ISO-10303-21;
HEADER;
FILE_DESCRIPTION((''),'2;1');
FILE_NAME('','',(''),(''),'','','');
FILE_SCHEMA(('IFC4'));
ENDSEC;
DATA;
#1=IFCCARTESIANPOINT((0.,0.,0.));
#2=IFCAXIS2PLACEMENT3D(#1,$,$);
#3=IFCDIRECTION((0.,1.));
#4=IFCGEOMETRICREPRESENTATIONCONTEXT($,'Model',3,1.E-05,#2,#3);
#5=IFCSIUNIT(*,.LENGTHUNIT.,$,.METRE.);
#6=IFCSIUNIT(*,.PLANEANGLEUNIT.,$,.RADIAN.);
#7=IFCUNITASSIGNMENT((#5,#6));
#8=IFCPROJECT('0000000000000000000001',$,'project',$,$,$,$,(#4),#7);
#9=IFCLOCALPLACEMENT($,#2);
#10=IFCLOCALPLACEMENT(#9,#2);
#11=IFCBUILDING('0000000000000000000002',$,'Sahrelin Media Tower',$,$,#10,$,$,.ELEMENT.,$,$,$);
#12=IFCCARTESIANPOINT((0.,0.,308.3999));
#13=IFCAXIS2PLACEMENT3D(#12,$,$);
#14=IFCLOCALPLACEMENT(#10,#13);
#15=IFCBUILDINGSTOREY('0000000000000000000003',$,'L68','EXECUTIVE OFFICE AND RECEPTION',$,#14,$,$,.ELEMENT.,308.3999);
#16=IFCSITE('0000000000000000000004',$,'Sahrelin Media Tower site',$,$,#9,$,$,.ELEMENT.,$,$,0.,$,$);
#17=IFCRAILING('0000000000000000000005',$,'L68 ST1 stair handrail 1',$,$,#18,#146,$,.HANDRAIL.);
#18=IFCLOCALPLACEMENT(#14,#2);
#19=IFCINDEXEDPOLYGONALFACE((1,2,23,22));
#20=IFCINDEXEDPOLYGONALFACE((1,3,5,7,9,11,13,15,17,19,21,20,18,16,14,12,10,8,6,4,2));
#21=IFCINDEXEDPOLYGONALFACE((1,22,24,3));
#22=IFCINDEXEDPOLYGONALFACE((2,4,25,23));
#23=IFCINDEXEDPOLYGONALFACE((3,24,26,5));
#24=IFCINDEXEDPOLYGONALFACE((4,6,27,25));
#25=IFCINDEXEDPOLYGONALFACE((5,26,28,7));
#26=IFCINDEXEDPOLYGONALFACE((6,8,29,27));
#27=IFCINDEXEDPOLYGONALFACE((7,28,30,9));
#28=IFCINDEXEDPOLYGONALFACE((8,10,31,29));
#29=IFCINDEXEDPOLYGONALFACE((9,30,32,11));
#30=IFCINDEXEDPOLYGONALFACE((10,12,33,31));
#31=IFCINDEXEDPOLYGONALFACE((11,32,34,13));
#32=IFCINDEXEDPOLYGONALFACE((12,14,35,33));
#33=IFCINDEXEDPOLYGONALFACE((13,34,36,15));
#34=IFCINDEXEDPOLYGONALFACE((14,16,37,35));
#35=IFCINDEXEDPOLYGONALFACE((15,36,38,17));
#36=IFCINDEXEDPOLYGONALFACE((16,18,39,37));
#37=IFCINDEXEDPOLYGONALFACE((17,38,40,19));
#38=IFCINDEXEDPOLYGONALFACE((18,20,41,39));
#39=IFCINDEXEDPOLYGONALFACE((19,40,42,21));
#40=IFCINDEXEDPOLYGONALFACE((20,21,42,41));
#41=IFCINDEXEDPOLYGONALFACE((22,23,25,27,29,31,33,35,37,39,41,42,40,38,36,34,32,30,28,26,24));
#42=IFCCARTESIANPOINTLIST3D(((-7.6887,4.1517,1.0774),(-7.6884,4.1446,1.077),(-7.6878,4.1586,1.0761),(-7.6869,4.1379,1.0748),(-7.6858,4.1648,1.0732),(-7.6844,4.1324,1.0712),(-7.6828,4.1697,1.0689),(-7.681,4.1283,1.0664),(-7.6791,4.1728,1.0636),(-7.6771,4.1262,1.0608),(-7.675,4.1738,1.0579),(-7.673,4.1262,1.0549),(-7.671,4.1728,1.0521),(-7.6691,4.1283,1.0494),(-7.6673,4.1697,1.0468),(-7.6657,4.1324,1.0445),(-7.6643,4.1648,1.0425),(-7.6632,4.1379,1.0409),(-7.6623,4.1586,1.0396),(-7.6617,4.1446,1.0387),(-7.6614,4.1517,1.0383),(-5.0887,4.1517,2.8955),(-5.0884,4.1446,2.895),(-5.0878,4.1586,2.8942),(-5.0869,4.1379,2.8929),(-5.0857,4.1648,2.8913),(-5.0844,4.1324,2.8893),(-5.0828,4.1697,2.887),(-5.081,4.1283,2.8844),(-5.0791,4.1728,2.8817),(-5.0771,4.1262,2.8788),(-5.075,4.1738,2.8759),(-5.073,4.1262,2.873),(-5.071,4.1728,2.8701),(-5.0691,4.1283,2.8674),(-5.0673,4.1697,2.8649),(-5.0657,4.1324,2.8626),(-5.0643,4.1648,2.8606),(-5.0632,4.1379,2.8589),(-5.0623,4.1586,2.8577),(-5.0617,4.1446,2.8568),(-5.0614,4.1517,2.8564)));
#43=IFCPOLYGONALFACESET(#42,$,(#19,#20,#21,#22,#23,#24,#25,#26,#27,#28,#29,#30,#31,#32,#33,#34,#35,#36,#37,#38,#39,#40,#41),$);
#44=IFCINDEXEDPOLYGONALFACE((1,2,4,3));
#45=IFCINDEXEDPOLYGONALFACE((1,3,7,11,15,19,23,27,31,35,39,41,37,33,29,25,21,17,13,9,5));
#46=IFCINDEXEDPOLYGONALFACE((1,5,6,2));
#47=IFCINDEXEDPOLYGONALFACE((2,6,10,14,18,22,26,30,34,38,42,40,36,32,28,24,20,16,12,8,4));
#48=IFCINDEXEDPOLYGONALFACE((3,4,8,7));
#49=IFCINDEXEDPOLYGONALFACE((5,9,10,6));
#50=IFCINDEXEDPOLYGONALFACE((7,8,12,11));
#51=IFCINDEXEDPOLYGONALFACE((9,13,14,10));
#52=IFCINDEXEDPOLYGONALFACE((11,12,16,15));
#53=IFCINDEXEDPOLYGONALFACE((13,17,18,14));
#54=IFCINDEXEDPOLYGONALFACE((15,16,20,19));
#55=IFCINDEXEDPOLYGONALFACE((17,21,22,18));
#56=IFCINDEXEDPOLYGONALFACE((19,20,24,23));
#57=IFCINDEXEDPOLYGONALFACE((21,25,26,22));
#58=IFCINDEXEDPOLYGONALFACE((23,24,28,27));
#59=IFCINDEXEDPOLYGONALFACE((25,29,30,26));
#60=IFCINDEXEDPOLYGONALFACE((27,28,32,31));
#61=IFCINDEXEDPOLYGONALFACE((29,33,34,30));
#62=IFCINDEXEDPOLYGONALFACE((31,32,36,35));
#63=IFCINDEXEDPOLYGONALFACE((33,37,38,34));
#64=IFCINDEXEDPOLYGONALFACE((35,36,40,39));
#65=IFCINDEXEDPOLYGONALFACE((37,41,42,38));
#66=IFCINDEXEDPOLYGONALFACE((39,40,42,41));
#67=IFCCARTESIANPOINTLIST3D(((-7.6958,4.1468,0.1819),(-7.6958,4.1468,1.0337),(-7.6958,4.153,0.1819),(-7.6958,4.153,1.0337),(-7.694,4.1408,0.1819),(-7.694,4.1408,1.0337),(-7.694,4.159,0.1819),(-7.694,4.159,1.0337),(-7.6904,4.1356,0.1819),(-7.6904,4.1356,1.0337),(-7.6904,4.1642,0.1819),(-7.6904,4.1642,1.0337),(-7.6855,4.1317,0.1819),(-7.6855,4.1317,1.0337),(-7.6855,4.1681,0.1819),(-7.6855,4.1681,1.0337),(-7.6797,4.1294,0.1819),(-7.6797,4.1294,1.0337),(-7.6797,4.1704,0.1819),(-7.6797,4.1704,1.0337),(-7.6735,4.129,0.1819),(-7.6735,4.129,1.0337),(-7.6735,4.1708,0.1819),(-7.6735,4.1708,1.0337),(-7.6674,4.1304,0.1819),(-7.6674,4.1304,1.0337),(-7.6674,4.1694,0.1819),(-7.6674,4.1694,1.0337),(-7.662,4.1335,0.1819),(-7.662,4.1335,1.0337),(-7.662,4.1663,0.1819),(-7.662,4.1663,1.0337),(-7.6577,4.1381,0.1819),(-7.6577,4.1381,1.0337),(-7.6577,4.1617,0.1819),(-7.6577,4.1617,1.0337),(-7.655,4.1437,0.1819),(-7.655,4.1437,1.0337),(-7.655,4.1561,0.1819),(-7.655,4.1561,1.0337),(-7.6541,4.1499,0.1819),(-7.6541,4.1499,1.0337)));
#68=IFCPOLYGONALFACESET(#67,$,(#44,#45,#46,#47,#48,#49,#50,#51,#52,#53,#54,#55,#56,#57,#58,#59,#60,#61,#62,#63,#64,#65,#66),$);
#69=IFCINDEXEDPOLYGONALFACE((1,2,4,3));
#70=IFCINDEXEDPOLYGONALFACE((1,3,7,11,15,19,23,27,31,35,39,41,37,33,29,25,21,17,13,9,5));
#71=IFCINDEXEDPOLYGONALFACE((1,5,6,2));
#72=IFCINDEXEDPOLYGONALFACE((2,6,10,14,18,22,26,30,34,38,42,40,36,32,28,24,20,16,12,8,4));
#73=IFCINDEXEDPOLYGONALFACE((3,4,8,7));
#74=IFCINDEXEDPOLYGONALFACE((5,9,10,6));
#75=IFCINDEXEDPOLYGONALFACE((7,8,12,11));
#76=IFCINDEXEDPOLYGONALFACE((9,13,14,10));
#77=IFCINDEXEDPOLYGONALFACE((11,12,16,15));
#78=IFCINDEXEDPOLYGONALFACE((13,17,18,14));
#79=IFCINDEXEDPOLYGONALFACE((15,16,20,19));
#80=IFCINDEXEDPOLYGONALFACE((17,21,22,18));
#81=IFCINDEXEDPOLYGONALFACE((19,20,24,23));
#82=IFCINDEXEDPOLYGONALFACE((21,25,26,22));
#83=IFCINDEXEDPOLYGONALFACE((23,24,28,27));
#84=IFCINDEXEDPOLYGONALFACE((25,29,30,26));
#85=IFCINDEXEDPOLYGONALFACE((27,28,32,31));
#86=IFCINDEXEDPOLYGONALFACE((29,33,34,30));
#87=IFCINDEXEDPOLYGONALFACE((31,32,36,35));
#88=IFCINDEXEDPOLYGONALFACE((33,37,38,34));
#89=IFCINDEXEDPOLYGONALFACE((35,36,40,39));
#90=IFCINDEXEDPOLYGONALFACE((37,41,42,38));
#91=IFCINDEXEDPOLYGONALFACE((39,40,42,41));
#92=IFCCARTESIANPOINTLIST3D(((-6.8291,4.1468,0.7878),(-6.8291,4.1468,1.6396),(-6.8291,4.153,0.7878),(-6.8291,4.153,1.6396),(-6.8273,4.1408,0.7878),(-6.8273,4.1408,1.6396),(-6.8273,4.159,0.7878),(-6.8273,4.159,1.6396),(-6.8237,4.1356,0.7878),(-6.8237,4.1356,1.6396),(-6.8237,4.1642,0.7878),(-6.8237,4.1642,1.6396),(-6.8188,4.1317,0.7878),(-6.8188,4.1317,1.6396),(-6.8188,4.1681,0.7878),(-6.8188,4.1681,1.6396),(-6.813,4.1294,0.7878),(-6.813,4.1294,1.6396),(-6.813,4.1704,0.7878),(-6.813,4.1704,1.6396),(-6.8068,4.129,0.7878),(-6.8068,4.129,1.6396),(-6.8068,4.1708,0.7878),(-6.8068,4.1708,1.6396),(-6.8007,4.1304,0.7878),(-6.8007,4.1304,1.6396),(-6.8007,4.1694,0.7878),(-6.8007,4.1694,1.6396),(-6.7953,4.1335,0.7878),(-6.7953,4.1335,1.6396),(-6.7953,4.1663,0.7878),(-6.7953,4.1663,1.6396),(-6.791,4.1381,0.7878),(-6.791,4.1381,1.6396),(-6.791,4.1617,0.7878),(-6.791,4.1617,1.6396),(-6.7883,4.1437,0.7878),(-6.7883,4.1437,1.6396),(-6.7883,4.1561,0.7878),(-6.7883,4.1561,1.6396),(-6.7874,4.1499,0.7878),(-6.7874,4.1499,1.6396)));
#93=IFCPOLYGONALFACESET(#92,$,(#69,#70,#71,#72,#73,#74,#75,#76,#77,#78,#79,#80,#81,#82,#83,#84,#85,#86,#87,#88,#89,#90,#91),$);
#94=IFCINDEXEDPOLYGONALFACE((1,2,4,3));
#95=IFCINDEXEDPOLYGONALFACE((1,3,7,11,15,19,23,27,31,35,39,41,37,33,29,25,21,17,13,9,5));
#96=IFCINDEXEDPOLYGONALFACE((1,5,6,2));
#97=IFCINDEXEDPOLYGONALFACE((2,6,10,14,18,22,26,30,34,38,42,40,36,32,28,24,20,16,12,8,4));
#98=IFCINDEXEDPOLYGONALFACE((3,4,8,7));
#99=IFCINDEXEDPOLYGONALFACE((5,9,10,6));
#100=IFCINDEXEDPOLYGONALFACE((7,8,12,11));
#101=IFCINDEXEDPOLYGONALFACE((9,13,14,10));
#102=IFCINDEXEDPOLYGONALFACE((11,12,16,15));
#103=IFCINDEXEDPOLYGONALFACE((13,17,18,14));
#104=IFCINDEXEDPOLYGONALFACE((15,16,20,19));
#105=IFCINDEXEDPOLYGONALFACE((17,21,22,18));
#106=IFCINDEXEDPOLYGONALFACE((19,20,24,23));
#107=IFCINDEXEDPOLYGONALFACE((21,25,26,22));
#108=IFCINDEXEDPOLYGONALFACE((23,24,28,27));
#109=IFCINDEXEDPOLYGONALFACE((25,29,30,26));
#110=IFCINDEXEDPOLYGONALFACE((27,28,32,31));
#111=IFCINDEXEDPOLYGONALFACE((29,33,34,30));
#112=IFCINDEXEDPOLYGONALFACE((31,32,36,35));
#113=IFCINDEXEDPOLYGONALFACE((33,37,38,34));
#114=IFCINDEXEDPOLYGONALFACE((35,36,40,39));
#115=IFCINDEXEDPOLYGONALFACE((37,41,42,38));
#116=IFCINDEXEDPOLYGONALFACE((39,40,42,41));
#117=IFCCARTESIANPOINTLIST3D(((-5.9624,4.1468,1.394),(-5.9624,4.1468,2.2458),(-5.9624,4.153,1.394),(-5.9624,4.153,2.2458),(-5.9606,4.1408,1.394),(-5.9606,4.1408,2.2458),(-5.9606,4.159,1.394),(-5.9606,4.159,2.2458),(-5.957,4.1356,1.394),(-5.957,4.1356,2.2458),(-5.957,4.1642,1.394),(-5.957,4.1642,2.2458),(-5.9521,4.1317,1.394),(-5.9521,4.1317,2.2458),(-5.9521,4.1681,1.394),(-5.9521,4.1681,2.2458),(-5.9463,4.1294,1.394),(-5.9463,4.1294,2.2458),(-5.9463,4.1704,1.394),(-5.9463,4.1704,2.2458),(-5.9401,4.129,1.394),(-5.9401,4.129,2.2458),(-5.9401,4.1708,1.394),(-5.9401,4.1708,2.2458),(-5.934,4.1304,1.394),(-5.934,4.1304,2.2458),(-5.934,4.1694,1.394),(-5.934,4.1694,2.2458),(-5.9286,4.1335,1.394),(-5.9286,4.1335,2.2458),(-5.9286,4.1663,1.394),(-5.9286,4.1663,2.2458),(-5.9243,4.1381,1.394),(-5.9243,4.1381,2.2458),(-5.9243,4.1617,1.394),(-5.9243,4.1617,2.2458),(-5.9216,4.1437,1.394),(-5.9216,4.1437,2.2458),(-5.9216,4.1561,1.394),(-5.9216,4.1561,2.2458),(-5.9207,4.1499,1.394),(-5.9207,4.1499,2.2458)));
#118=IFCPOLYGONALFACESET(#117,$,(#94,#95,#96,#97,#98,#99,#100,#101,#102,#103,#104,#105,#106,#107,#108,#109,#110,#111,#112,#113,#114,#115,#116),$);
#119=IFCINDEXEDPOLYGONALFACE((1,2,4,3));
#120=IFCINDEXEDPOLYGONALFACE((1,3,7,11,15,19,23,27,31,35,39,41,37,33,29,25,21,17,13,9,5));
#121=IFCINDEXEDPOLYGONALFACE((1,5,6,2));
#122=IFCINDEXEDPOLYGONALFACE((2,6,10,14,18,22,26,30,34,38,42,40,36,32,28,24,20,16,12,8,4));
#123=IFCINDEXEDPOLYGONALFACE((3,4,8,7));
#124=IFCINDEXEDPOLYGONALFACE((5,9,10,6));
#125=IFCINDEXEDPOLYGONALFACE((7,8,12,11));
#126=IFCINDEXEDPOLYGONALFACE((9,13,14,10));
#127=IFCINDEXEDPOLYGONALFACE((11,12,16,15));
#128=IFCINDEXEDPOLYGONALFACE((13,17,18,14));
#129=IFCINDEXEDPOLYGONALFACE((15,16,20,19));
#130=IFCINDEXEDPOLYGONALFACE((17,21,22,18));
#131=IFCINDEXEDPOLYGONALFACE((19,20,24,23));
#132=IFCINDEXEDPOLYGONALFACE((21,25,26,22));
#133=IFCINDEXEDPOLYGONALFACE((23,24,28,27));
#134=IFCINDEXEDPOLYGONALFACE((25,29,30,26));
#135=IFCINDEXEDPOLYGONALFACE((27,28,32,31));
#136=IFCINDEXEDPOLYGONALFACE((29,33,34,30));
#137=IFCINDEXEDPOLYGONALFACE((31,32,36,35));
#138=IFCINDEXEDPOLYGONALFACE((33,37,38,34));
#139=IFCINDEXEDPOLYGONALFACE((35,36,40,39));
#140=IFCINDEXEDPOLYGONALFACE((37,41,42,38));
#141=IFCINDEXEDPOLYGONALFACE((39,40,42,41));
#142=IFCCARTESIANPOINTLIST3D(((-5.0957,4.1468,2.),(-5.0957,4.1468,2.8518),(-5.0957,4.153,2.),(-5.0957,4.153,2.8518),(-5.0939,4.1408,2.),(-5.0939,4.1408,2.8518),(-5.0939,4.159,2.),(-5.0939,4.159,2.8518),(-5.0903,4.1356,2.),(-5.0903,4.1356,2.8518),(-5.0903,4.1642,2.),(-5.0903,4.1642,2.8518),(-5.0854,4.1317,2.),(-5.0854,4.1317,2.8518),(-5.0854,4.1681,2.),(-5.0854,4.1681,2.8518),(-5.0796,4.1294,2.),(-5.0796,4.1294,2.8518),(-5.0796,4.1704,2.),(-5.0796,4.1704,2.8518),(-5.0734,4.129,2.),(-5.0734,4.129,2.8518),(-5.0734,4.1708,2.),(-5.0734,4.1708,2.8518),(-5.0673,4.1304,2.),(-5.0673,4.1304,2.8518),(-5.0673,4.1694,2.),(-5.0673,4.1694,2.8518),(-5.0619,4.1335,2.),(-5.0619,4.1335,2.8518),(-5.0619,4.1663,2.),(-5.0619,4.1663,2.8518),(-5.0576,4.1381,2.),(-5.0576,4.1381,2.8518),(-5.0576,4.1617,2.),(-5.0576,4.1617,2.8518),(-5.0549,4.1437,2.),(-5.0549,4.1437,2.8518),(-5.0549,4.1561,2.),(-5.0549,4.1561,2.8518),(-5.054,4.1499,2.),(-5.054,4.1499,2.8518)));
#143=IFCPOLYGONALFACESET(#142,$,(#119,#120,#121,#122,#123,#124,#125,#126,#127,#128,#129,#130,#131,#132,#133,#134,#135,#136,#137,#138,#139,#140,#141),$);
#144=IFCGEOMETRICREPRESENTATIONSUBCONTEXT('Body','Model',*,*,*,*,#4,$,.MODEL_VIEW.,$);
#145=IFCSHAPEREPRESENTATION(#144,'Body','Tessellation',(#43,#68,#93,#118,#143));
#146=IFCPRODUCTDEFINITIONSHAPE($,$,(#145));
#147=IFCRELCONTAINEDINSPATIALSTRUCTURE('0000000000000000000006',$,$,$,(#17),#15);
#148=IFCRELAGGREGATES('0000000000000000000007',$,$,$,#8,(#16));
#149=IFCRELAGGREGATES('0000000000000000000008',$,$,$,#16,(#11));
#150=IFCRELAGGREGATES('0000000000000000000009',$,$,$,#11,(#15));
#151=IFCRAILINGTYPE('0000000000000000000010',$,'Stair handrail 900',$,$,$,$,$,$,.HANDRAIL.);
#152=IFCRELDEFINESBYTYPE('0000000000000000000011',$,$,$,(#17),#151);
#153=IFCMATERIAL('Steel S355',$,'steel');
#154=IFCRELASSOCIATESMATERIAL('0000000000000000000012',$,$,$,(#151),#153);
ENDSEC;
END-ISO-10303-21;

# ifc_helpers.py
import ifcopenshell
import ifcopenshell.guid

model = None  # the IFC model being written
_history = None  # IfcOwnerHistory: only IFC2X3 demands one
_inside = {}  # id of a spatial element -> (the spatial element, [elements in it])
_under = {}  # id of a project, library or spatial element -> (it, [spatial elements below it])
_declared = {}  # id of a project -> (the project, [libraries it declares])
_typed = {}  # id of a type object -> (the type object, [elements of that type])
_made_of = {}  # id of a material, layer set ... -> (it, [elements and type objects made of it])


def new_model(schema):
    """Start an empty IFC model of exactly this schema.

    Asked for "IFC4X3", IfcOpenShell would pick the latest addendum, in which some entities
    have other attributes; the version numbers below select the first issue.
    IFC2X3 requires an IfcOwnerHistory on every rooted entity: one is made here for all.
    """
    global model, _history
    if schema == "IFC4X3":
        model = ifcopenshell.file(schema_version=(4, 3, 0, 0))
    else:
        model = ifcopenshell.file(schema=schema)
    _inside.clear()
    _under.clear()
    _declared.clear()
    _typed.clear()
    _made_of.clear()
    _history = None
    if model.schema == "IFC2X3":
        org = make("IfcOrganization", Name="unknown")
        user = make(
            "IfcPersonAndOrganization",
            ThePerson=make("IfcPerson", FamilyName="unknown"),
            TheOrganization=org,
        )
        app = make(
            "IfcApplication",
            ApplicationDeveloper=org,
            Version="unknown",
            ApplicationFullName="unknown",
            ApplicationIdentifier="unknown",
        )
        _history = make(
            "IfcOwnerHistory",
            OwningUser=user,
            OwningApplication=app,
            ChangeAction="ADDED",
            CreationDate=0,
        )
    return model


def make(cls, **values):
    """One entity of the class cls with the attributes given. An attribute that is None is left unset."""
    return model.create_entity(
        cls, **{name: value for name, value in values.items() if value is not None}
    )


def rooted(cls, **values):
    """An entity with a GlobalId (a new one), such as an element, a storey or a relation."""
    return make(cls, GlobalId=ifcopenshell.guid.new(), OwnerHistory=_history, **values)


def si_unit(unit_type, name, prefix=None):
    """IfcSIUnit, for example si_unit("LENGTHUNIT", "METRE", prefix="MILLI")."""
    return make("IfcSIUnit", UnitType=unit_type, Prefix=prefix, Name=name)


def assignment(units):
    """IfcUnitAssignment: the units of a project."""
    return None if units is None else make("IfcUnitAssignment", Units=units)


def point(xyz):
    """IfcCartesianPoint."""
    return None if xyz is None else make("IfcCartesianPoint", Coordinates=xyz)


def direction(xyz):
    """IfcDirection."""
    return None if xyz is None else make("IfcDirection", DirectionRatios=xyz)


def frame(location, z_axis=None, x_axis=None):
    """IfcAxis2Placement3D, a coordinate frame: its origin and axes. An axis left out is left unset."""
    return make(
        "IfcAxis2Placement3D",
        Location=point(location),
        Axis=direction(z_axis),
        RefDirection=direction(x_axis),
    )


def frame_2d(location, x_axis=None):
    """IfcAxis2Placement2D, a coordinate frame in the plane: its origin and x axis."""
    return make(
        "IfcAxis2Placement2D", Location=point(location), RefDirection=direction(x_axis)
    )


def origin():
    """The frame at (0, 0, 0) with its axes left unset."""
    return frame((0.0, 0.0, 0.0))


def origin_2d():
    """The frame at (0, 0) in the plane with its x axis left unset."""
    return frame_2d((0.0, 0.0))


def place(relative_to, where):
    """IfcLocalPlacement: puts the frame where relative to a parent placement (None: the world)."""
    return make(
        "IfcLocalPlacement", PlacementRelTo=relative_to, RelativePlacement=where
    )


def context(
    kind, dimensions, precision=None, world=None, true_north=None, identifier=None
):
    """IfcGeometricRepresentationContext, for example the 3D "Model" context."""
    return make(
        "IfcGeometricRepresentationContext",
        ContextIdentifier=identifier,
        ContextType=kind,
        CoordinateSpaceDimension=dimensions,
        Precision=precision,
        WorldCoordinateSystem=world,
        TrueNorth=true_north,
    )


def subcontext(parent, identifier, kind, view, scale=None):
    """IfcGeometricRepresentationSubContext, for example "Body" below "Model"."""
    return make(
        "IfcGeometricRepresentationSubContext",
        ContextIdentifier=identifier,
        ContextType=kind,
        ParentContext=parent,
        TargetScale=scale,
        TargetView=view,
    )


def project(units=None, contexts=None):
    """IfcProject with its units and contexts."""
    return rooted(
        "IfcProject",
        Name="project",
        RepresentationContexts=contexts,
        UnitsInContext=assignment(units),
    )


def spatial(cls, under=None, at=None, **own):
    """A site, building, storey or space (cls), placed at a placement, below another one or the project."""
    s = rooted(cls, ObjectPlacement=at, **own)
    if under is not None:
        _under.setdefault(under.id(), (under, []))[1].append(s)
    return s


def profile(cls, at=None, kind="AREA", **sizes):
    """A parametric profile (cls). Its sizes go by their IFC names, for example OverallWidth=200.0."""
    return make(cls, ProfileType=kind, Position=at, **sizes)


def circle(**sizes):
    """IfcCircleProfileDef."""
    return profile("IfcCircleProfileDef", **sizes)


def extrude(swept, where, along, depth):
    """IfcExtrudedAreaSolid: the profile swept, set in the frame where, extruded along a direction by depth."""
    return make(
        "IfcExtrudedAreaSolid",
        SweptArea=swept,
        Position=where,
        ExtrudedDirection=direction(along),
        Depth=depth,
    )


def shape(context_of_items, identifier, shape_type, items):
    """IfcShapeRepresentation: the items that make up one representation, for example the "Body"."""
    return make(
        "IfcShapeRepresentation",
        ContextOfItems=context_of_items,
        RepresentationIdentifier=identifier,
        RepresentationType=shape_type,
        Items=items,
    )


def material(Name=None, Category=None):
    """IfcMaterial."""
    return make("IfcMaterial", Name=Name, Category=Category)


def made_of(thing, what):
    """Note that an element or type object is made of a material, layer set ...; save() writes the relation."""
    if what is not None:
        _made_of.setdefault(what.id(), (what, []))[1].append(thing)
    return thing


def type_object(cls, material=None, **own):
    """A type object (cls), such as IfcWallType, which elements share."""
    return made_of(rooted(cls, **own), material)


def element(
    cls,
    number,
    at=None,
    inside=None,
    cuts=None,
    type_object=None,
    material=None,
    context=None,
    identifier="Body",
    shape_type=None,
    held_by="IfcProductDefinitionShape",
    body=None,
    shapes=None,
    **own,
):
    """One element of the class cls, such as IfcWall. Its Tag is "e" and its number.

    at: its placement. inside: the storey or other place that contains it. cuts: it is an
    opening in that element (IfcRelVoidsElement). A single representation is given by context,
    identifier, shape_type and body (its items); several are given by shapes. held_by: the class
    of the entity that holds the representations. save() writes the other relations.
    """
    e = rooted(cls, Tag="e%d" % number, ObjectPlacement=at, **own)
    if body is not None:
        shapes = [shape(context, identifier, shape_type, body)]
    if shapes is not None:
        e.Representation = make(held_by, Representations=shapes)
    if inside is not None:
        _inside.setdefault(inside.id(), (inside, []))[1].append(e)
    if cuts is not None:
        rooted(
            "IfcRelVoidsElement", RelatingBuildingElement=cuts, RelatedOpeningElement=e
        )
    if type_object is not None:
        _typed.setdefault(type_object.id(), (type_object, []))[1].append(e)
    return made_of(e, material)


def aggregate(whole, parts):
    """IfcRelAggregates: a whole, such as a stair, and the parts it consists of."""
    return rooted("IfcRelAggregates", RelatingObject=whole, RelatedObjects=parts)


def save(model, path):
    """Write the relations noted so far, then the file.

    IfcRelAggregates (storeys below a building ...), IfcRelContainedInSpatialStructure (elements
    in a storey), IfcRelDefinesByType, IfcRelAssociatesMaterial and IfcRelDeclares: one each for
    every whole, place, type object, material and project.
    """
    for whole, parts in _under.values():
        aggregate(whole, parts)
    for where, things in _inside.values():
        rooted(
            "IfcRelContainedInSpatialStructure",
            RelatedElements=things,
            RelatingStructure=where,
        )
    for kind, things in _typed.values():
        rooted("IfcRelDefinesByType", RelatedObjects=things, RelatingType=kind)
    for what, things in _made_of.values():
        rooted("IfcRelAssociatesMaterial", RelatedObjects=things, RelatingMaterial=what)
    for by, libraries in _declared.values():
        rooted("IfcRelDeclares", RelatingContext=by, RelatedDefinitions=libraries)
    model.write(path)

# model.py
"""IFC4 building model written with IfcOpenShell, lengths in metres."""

from ifc_helpers import new_model, si_unit, direction, frame, origin, origin_2d, place, context, subcontext, project, spatial, circle, extrude, material, type_object, element, save


model = new_model("IFC4")

# Units and contexts
model_context = context("Model", 3, precision=1e-05, world=origin(), true_north=direction((0.0, 1.0)))
body_context = subcontext(model_context, "Body", "Model", "MODEL_VIEW")
ifc_project = project(units=[si_unit("LENGTHUNIT", "METRE"), si_unit("PLANEANGLEUNIT", "RADIAN")], contexts=[model_context])

# Site, building, storey
site_placement = place(None, origin())
site = spatial("IfcSite", under=ifc_project, at=site_placement, Name="Sahrelin Media Tower site", CompositionType="ELEMENT", RefElevation=0.0)
building_placement = place(site_placement, origin())
building = spatial("IfcBuilding", under=site, at=building_placement, Name="Sahrelin Media Tower", CompositionType="ELEMENT")
storey_placement = place(building_placement, frame((0.0, 0.0, 308.3999)))
storey = spatial("IfcBuildingStorey", under=building, at=storey_placement, Name="L68", Description="EXECUTIVE OFFICE AND RECEPTION", CompositionType="ELEMENT", Elevation=308.3999)

# Shared definitions
ifc_material_1 = material(Name="Steel S355", Category="steel")

# Railing
railing_type_1 = type_object("IfcRailingType", Name="Stair handrail 900", PredefinedType="HANDRAIL", material=ifc_material_1)
railing_1_placement = place(storey_placement, frame((-7.675, 4.1499, 0.1819)))
element("IfcRailing", 1, at=railing_1_placement, inside=storey, type_object=railing_type_1, Name="L68 ST1 stair handrail 1", PredefinedType="HANDRAIL", context=body_context, shape_type="SweptSolid", body=[
    extrude(circle(Radius=0.0239, at=origin_2d()), frame((0.0, 0.0, 0.876), z_axis=(0.819521, 0.0, 0.573049), x_axis=(0.0, 1.0, 0.0)), (0.0, 0.0, 1.0), 3.1726),
    extrude(circle(Radius=0.021, at=origin_2d()), origin(), (0.0, 0.0, 1.0), 0.8518),
    extrude(circle(Radius=0.021, at=origin_2d()), frame((0.8667, 0.0, 0.606)), (0.0, 0.0, 1.0), 0.8518),
    extrude(circle(Radius=0.021, at=origin_2d()), frame((1.7334, 0.0, 1.2122)), (0.0, 0.0, 1.0), 0.8518),
    extrude(circle(Radius=0.021, at=origin_2d()), frame((2.6001, 0.0, 1.8181)), (0.0, 0.0, 1.0), 0.8518),
])

save(model, "model.ifc")
